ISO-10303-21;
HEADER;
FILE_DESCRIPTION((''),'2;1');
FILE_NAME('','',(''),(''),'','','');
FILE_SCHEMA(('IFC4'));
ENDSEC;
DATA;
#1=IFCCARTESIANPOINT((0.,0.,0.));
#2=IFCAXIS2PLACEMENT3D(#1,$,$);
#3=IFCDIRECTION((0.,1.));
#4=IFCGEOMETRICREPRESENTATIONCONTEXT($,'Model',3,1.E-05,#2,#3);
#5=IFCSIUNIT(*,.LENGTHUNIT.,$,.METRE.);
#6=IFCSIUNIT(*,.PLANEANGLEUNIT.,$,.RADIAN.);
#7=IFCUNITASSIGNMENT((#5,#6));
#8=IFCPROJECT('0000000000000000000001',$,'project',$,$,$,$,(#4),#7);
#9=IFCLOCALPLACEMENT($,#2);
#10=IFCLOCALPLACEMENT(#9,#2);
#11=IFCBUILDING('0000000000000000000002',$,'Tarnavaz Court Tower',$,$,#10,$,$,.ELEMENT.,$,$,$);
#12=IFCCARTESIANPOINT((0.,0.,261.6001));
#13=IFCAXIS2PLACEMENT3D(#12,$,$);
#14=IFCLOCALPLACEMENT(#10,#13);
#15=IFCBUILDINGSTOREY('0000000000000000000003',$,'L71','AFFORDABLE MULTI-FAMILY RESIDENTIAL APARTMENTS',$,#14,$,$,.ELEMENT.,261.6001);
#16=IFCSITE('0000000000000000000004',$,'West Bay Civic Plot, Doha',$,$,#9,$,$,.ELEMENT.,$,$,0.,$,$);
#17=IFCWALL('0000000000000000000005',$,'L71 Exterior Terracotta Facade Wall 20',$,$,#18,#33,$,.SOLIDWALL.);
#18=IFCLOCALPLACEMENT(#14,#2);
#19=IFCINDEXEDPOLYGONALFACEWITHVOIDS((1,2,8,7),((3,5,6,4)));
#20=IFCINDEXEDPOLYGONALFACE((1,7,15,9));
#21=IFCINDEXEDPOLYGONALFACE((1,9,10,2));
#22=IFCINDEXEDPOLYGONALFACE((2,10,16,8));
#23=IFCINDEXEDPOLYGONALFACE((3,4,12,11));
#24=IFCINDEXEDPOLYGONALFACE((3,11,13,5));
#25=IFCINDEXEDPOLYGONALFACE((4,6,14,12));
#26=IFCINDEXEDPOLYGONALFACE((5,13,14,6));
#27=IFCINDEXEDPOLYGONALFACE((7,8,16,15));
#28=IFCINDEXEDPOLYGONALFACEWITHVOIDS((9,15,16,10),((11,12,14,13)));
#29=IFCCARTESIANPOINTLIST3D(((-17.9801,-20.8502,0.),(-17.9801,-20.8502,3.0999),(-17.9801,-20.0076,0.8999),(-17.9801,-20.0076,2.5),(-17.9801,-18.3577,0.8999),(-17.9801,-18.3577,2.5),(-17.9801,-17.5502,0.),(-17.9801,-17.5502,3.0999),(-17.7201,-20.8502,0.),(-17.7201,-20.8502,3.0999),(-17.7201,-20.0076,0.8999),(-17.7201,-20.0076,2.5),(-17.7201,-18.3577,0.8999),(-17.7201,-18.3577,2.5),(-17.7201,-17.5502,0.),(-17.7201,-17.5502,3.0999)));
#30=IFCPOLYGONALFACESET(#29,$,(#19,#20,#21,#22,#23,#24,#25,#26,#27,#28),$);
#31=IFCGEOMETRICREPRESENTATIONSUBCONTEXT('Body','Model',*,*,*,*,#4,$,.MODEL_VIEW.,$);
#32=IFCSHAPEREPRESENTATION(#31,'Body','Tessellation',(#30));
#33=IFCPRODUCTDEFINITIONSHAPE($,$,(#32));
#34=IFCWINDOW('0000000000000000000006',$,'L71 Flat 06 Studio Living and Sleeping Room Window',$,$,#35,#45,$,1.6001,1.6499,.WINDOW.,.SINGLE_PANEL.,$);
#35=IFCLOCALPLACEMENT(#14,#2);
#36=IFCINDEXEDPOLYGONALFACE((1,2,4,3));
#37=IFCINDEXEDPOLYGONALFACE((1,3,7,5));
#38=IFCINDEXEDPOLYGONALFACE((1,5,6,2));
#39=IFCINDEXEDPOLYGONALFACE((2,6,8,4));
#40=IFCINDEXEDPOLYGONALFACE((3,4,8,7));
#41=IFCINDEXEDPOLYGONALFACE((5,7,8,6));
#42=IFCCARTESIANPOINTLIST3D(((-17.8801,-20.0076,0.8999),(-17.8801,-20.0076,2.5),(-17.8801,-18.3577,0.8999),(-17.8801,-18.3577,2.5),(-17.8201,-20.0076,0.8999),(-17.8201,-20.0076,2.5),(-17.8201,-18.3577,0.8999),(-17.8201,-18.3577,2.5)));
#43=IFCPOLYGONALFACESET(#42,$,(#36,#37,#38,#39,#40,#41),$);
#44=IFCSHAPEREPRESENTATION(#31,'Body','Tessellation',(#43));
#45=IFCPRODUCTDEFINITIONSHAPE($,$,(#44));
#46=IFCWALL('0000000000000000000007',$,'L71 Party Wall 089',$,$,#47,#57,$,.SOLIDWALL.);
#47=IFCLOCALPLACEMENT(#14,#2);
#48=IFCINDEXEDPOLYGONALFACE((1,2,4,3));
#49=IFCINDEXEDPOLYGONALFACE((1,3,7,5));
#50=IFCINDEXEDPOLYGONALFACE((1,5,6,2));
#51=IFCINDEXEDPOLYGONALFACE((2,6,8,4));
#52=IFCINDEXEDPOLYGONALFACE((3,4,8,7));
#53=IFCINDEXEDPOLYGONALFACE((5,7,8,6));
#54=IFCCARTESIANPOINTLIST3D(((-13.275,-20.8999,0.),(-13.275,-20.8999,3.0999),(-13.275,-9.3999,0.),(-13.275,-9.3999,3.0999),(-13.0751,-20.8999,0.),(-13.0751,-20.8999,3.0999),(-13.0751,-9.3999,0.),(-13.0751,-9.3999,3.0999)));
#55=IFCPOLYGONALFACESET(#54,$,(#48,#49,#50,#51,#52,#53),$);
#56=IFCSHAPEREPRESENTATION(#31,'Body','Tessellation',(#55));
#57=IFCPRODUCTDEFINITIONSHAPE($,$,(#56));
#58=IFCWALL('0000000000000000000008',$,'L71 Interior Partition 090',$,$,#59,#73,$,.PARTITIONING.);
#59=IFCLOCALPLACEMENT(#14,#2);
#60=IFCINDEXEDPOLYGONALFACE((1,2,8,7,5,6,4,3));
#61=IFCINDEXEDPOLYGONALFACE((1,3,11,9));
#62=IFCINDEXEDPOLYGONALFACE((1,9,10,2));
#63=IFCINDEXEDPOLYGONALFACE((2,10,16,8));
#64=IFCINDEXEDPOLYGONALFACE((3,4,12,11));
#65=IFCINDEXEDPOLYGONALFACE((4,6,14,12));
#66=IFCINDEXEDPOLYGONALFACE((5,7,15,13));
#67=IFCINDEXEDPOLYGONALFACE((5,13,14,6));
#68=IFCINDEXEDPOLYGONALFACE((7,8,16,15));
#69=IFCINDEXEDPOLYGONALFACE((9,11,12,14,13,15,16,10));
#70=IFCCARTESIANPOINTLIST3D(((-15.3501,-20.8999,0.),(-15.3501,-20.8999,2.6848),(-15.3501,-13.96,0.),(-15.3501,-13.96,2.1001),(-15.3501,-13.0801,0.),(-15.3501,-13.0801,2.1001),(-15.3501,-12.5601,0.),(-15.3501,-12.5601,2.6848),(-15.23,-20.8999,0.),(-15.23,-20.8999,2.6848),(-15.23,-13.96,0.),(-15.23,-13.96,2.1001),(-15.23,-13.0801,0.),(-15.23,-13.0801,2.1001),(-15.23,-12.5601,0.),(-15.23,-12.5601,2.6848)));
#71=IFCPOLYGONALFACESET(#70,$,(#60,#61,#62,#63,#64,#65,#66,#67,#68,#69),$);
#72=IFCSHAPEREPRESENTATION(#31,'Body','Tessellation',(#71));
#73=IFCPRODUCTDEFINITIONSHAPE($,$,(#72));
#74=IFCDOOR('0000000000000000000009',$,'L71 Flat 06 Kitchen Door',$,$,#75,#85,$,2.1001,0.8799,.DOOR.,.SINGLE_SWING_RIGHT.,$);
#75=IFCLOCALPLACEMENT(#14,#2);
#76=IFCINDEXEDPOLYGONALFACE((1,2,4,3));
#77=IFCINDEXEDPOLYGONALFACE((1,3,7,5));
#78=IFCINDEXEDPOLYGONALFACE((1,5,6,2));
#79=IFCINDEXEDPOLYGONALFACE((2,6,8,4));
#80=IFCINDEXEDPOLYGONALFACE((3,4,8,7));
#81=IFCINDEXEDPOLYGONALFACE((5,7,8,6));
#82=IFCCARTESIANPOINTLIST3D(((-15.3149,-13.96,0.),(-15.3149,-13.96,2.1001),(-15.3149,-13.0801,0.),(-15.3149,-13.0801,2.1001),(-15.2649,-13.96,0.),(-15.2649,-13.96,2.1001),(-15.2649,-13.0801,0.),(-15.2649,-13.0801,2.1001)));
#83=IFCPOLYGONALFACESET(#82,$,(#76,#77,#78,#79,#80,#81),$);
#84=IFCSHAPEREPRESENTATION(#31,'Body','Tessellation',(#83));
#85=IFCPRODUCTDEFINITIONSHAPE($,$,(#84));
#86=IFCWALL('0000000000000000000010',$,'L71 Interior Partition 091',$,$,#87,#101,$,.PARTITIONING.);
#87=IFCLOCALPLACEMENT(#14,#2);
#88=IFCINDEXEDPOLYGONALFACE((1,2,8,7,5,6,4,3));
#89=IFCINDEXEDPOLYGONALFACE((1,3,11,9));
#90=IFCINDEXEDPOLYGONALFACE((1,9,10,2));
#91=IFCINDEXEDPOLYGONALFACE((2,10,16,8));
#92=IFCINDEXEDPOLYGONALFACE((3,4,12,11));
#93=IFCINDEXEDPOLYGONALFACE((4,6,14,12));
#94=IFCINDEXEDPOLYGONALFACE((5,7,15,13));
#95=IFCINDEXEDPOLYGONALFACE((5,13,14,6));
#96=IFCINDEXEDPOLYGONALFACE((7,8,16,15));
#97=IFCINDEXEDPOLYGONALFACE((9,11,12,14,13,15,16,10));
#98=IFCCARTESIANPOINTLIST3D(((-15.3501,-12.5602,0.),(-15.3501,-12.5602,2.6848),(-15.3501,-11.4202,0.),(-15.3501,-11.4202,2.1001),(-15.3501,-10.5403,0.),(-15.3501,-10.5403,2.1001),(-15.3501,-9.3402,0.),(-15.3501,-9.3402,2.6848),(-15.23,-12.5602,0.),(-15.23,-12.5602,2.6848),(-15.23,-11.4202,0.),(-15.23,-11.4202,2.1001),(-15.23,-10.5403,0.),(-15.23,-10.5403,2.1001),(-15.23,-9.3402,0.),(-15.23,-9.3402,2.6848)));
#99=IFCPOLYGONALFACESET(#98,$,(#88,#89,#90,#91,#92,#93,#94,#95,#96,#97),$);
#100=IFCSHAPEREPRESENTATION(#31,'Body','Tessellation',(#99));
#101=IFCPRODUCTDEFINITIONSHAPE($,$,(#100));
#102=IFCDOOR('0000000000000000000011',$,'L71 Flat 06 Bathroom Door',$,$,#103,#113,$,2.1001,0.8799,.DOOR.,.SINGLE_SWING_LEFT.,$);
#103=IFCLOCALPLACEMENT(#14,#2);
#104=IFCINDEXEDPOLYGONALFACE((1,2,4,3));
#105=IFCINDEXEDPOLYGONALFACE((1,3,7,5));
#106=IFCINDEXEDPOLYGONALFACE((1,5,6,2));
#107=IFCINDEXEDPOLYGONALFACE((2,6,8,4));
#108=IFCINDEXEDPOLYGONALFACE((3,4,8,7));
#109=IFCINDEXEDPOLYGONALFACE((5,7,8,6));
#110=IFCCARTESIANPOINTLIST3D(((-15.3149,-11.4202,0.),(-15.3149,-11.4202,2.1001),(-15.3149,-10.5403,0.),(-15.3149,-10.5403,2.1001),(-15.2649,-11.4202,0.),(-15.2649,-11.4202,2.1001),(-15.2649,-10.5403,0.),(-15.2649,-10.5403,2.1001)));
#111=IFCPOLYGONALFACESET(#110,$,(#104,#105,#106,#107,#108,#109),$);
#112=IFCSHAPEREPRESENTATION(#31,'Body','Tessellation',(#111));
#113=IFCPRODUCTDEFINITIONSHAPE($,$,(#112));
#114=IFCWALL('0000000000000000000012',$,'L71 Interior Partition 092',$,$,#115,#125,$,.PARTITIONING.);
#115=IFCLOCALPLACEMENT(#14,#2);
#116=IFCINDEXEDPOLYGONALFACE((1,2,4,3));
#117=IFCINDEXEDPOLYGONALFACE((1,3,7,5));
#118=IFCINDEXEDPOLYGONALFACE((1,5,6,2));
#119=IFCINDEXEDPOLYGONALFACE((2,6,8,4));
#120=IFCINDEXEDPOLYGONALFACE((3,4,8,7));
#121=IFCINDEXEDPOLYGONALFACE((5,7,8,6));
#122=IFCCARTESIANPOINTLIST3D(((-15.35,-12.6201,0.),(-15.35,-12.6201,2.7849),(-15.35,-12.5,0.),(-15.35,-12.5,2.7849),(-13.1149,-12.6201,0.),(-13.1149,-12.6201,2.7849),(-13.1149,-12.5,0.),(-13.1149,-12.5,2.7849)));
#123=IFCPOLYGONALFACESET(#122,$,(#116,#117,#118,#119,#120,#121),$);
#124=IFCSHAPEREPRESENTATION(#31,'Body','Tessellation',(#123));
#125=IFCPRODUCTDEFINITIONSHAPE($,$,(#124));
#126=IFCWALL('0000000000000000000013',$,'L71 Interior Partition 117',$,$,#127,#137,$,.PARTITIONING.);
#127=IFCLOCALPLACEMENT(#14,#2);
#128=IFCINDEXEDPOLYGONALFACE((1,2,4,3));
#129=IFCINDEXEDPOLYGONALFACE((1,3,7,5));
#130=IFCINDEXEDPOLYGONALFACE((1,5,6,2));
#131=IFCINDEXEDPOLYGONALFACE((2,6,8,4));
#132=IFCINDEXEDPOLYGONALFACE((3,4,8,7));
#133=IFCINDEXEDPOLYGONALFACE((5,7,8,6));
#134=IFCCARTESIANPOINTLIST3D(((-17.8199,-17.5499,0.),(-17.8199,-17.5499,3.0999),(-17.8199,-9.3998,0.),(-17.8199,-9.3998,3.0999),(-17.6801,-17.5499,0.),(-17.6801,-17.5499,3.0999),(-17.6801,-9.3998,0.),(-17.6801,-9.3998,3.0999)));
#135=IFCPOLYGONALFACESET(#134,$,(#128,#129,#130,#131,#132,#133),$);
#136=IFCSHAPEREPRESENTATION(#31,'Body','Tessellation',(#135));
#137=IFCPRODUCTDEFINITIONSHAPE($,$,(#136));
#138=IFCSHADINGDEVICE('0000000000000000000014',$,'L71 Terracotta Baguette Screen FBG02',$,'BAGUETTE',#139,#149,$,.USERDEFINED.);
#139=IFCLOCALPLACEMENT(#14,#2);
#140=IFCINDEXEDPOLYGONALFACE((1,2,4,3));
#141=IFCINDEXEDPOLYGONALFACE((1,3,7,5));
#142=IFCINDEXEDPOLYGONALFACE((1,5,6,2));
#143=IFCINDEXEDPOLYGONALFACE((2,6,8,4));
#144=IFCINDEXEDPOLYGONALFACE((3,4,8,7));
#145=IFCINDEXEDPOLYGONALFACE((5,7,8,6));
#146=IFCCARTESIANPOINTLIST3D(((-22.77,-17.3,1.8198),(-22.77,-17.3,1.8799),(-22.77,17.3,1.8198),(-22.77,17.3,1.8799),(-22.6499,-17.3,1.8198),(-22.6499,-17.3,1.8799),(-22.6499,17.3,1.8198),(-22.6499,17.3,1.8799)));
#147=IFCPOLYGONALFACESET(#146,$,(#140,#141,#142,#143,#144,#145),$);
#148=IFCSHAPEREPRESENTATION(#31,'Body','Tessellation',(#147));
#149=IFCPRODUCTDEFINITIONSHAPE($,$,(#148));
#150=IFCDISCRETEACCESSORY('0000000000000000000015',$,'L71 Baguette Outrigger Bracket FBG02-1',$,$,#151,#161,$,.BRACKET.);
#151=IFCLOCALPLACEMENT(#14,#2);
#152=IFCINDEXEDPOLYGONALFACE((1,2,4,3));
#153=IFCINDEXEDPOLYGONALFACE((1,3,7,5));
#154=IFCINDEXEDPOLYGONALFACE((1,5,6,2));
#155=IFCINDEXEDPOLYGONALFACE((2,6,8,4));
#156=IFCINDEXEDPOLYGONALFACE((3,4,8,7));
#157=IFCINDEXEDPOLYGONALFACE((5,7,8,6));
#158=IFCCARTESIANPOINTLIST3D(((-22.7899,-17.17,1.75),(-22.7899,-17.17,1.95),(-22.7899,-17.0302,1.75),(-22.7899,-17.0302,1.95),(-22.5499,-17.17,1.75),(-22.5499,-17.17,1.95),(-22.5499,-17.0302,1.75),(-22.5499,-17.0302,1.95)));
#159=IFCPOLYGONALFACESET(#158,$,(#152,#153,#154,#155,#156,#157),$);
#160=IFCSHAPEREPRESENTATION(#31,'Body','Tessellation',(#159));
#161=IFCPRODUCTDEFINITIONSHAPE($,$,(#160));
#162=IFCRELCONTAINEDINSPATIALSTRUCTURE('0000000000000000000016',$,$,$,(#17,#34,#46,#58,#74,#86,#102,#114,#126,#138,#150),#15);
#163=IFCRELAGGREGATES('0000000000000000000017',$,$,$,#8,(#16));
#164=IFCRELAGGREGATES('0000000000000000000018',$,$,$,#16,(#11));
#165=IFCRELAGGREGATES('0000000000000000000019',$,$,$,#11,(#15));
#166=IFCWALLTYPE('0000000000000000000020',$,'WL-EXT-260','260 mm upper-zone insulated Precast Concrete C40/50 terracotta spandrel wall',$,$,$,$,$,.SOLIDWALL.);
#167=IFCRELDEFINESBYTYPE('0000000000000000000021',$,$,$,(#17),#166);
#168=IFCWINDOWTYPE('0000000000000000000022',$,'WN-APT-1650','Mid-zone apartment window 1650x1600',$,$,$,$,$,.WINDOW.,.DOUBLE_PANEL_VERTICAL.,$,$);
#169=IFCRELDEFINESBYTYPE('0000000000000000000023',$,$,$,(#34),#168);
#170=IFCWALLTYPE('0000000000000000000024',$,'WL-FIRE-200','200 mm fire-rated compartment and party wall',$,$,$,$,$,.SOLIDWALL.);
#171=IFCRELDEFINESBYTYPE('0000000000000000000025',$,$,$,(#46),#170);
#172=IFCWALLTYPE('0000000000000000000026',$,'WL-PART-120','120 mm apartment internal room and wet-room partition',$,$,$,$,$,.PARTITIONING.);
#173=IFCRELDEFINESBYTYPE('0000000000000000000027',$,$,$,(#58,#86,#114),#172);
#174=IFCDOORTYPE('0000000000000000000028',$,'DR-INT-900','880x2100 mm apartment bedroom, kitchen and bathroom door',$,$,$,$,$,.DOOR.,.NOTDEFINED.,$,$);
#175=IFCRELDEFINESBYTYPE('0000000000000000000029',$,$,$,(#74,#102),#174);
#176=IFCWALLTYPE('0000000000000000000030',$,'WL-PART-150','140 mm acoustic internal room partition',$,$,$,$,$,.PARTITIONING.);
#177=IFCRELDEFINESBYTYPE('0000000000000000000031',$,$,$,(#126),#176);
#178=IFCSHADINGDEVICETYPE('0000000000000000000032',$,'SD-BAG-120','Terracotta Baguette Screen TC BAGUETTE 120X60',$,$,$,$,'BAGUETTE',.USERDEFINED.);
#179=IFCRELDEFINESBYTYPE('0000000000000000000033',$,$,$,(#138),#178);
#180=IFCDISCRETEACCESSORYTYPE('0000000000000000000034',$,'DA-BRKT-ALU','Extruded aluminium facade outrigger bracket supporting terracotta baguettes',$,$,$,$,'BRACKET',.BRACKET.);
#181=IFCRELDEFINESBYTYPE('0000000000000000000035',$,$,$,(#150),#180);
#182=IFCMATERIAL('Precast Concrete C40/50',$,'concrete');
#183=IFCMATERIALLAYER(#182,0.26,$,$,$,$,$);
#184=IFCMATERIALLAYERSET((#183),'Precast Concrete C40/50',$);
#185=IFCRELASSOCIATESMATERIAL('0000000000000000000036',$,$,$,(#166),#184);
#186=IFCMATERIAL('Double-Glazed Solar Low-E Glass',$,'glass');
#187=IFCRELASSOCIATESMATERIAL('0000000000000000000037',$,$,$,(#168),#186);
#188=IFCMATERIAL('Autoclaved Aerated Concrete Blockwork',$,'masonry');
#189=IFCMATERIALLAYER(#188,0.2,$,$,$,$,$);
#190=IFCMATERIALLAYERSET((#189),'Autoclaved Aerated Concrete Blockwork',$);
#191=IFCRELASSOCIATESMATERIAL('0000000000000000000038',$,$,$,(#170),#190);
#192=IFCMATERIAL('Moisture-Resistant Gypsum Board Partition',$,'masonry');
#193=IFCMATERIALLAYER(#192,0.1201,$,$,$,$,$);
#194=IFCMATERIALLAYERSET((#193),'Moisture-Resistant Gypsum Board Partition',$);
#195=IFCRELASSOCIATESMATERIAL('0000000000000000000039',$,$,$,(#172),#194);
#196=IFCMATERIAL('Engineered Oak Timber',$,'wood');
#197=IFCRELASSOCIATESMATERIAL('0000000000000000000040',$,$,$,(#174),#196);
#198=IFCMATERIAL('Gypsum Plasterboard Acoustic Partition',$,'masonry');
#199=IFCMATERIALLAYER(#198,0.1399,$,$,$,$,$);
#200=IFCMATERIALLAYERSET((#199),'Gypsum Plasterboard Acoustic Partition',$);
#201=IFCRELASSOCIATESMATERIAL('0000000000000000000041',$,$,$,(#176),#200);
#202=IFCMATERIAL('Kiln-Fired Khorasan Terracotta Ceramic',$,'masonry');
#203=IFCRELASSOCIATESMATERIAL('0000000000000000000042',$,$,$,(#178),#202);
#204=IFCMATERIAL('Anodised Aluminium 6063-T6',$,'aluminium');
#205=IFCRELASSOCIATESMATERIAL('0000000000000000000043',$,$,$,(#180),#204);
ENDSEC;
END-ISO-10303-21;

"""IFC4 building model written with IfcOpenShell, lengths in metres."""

from ifc_helpers import new_model, si_unit, direction, frame, frame_2d, origin, origin_2d, place, context, subcontext, project, spatial, rectangle, extrude, material, layer, layer_set, material_profile, profile_set, type_object, element, fill, save


model = new_model("IFC4")

# Units and contexts
model_context = context("Model", 3, precision=1e-05, world=origin(), true_north=direction((0.0, 1.0)))
body_context = subcontext(model_context, "Body", "Model", "MODEL_VIEW")
ifc_project = project(units=[si_unit("LENGTHUNIT", "METRE"), si_unit("PLANEANGLEUNIT", "RADIAN")], contexts=[model_context])

# Site, building, storey
site_placement = place(None, origin())
site = spatial("IfcSite", under=ifc_project, at=site_placement, Name="West Bay Civic Plot, Doha", CompositionType="ELEMENT", RefElevation=0.0)
building_placement = place(site_placement, origin())
building = spatial("IfcBuilding", under=site, at=building_placement, Name="Tarnavaz Court Tower", CompositionType="ELEMENT")
storey_placement = place(building_placement, frame((0.0, 0.0, 261.6001)))
storey = spatial("IfcBuildingStorey", under=building, at=storey_placement, Name="L71", Description="AFFORDABLE MULTI-FAMILY RESIDENTIAL APARTMENTS", CompositionType="ELEMENT", Elevation=261.6001)

# Shared definitions
ifc_material_1 = material(Name="Precast Concrete C40/50", Category="concrete")
ifc_layer_1 = layer(ifc_material_1, 0.26)
ifc_layer_set_1 = layer_set([ifc_layer_1], Name="Precast Concrete C40/50")
wall_type_1 = type_object("IfcWallType", Name="WL-EXT-260", Description="260 mm upper-zone insulated Precast Concrete C40/50 terracotta spandrel wall", PredefinedType="SOLIDWALL", material=ifc_layer_set_1)
ifc_material_2 = material(Name="Double-Glazed Solar Low-E Glass", Category="glass")

# Wall, opening, window
wall_1_placement = place(storey_placement, frame((-17.8501, -20.8501, 0.0), z_axis=(0.0, 0.0, 1.0), x_axis=(0.0, 1.0, 0.0)))
wall_1 = element("IfcWall", 1, at=wall_1_placement, inside=storey, type_object=wall_type_1, Name="L71 Exterior Terracotta Facade Wall 20", PredefinedType="SOLIDWALL", context=body_context, shape_type="SweptSolid", body=[
    extrude(rectangle(XDim=3.3, YDim=0.26, at=frame_2d((1.6499, 0.0))), origin(), (0.0, 0.0, 1.0), 3.0999),
])
opening_1_placement = place(wall_1_placement, frame((0.8425, 0.0, 0.8999)))
opening_1 = element("IfcOpeningElement", 2, at=opening_1_placement, cuts=wall_1, PredefinedType="OPENING", context=body_context, shape_type="SweptSolid", body=[
    extrude(rectangle(XDim=1.6499, YDim=1.6001, at=frame_2d((0.825, 0.8))), frame((0.0, 0.1399, 0.0), z_axis=(0.0, -1.0, 0.0), x_axis=(1.0, 0.0, 0.0)), (0.0, 0.0, 1.0), 0.28),
])
window_type_1 = type_object("IfcWindowType", Name="WN-APT-1650", Description="Mid-zone apartment window 1650x1600", PartitioningType="DOUBLE_PANEL_VERTICAL", PredefinedType="WINDOW", material=ifc_material_2)
window_1_placement = place(opening_1_placement, origin())
window_1 = element("IfcWindow", 3, at=window_1_placement, inside=storey, type_object=window_type_1, Name="L71 Flat 06 Studio Living and Sleeping Room Window", OverallHeight=1.6001, OverallWidth=1.6499, PartitioningType="SINGLE_PANEL", PredefinedType="WINDOW", context=body_context, shape_type="SweptSolid", body=[
    extrude(rectangle(XDim=1.6499, YDim=1.6001, at=frame_2d((0.825, 0.8))), frame((0.0, 0.03, 0.0), z_axis=(0.0, -1.0, 0.0), x_axis=(1.0, 0.0, 0.0)), (0.0, 0.0, 1.0), 0.0601),
])
fill(opening_1, window_1)

# Wall
ifc_material_3 = material(Name="Autoclaved Aerated Concrete Blockwork", Category="masonry")
ifc_layer_2 = layer(ifc_material_3, 0.2)
ifc_layer_set_2 = layer_set([ifc_layer_2], Name="Autoclaved Aerated Concrete Blockwork")
wall_type_2 = type_object("IfcWallType", Name="WL-FIRE-200", Description="200 mm fire-rated compartment and party wall", PredefinedType="SOLIDWALL", material=ifc_layer_set_2)
wall_2_placement = place(storey_placement, frame((-13.175, -20.8999, 0.0), z_axis=(0.0, 0.0, 1.0), x_axis=(0.0, 1.0, 0.0)))
element("IfcWall", 4, at=wall_2_placement, inside=storey, type_object=wall_type_2, Name="L71 Party Wall 089", PredefinedType="SOLIDWALL", context=body_context, shape_type="SweptSolid", body=[
    extrude(rectangle(XDim=11.5, YDim=0.2, at=frame_2d((5.75, 0.0))), origin(), (0.0, 0.0, 1.0), 3.0999),
])

# Walls, openings, doors
ifc_material_4 = material(Name="Moisture-Resistant Gypsum Board Partition", Category="masonry")
ifc_layer_3 = layer(ifc_material_4, 0.1201)
ifc_layer_set_3 = layer_set([ifc_layer_3], Name="Moisture-Resistant Gypsum Board Partition")
wall_type_3 = type_object("IfcWallType", Name="WL-PART-120", Description="120 mm apartment internal room and wet-room partition", PredefinedType="PARTITIONING", material=ifc_layer_set_3)
wall_3_placement = place(storey_placement, frame((-15.29, -20.8999, 0.0), z_axis=(0.0, 0.0, 1.0), x_axis=(0.0, 1.0, 0.0)))
wall_3 = element("IfcWall", 5, at=wall_3_placement, inside=storey, type_object=wall_type_3, Name="L71 Interior Partition 090", PredefinedType="PARTITIONING", context=body_context, shape_type="SweptSolid", body=[
    extrude(rectangle(XDim=8.3398, YDim=0.1201, at=frame_2d((4.1699, 0.0))), origin(), (0.0, 0.0, 1.0), 2.6848),
])
opening_2_placement = place(wall_3_placement, frame((6.9399, 0.0, 0.0)))
opening_2 = element("IfcOpeningElement", 6, at=opening_2_placement, cuts=wall_3, PredefinedType="OPENING", context=body_context, shape_type="SweptSolid", body=[
    extrude(rectangle(XDim=0.8799, YDim=2.1001, at=frame_2d((0.4399, 1.05))), frame((0.0, 0.0701, 0.0), z_axis=(0.0, -1.0, 0.0), x_axis=(1.0, 0.0, 0.0)), (0.0, 0.0, 1.0), 0.1401),
])
ifc_material_5 = material(Name="Engineered Oak Timber", Category="wood")
door_type = type_object("IfcDoorType", Name="DR-INT-900", Description="880x2100 mm apartment bedroom, kitchen and bathroom door", OperationType="NOTDEFINED", PredefinedType="DOOR", material=ifc_material_5)
door_1_placement = place(opening_2_placement, origin())
door_1 = element("IfcDoor", 7, at=door_1_placement, inside=storey, type_object=door_type, Name="L71 Flat 06 Kitchen Door", OperationType="SINGLE_SWING_RIGHT", OverallHeight=2.1001, OverallWidth=0.8799, PredefinedType="DOOR", context=body_context, shape_type="SweptSolid", body=[
    extrude(rectangle(XDim=0.8799, YDim=2.1001, at=frame_2d((0.4399, 1.05))), frame((0.0, 0.0249, 0.0), z_axis=(0.0, -1.0, 0.0), x_axis=(1.0, 0.0, 0.0)), (0.0, 0.0, 1.0), 0.05),
])
fill(opening_2, door_1)
wall_4_placement = place(storey_placement, frame((-15.29, -12.5601, 0.0), z_axis=(0.0, 0.0, 1.0), x_axis=(0.0, 1.0, 0.0)))
wall_4 = element("IfcWall", 8, at=wall_4_placement, inside=storey, type_object=wall_type_3, Name="L71 Interior Partition 091", PredefinedType="PARTITIONING", context=body_context, shape_type="SweptSolid", body=[
    extrude(rectangle(XDim=3.22, YDim=0.1201, at=frame_2d((1.6099, 0.0))), origin(), (0.0, 0.0, 1.0), 2.6848),
])
opening_3_placement = place(wall_4_placement, frame((1.1399, 0.0, 0.0)))
opening_3 = element("IfcOpeningElement", 9, at=opening_3_placement, cuts=wall_4, PredefinedType="OPENING", context=body_context, shape_type="SweptSolid", body=[
    extrude(rectangle(XDim=0.8799, YDim=2.1001, at=frame_2d((0.4399, 1.05))), frame((0.0, 0.0701, 0.0), z_axis=(0.0, -1.0, 0.0), x_axis=(1.0, 0.0, 0.0)), (0.0, 0.0, 1.0), 0.1401),
])
door_2_placement = place(opening_3_placement, origin())
door_2 = element("IfcDoor", 10, at=door_2_placement, inside=storey, type_object=door_type, Name="L71 Flat 06 Bathroom Door", OperationType="SINGLE_SWING_LEFT", OverallHeight=2.1001, OverallWidth=0.8799, PredefinedType="DOOR", context=body_context, shape_type="SweptSolid", body=[
    extrude(rectangle(XDim=0.8799, YDim=2.1001, at=frame_2d((0.4399, 1.05))), frame((0.0, 0.0249, 0.0), z_axis=(0.0, -1.0, 0.0), x_axis=(1.0, 0.0, 0.0)), (0.0, 0.0, 1.0), 0.05),
])
fill(opening_3, door_2)

# Walls
wall_5_placement = place(storey_placement, frame((-15.3501, -12.5601, 0.0), z_axis=(0.0, 0.0, 1.0), x_axis=(1.0, 0.0, 0.0)))
element("IfcWall", 11, at=wall_5_placement, inside=storey, type_object=wall_type_3, Name="L71 Interior Partition 092", PredefinedType="PARTITIONING", context=body_context, shape_type="SweptSolid", body=[
    extrude(rectangle(XDim=2.2351, YDim=0.1201, at=frame_2d((1.1177, 0.0))), origin(), (0.0, 0.0, 1.0), 2.7849),
])
ifc_material_6 = material(Name="Gypsum Plasterboard Acoustic Partition", Category="masonry")
ifc_layer_4 = layer(ifc_material_6, 0.1399)
ifc_layer_set_4 = layer_set([ifc_layer_4], Name="Gypsum Plasterboard Acoustic Partition")
wall_type_4 = type_object("IfcWallType", Name="WL-PART-150", Description="140 mm acoustic internal room partition", PredefinedType="PARTITIONING", material=ifc_layer_set_4)
wall_6_placement = place(storey_placement, frame((-17.75, -17.55, 0.0), z_axis=(0.0, 0.0, 1.0), x_axis=(0.0, 1.0, 0.0)))
element("IfcWall", 12, at=wall_6_placement, inside=storey, type_object=wall_type_4, Name="L71 Interior Partition 117", PredefinedType="PARTITIONING", context=body_context, shape_type="SweptSolid", body=[
    extrude(rectangle(XDim=8.1501, YDim=0.1399, at=frame_2d((4.0752, 0.0))), origin(), (0.0, 0.0, 1.0), 3.0999),
])

# Shading device
ifc_material_7 = material(Name="Kiln-Fired Khorasan Terracotta Ceramic", Category="masonry")
ifc_material_profile_1 = material_profile(ifc_material_7, rectangle(XDim=0.1201, YDim=0.0601, at=origin_2d()), Name="TC BAGUETTE 120X60")
ifc_profile_set_1 = profile_set([ifc_material_profile_1], Name="Kiln-Fired Khorasan Terracotta Ceramic")
shading_device_type = type_object("IfcShadingDeviceType", Name="SD-BAG-120", Description="Terracotta Baguette Screen TC BAGUETTE 120X60", ElementType="BAGUETTE", PredefinedType="USERDEFINED", material=ifc_profile_set_1)
shading_device_placement = place(storey_placement, frame((-22.71, -17.3, 1.8499), z_axis=(0.0, 1.0, 0.0), x_axis=(-1.0, 0.0, 0.0)))
element("IfcShadingDevice", 13, at=shading_device_placement, inside=storey, type_object=shading_device_type, Name="L71 Terracotta Baguette Screen FBG02", ObjectType="BAGUETTE", PredefinedType="USERDEFINED", context=body_context, shape_type="SweptSolid", body=[
    extrude(rectangle(XDim=0.1201, YDim=0.0601, at=origin_2d()), origin(), (0.0, 0.0, 1.0), 34.6001),
])

# Discrete accessory
ifc_material_8 = material(Name="Anodised Aluminium 6063-T6", Category="aluminium")
discrete_accessory_type = type_object("IfcDiscreteAccessoryType", Name="DA-BRKT-ALU", Description="Extruded aluminium facade outrigger bracket supporting terracotta baguettes", ElementType="BRACKET", PredefinedType="BRACKET", material=ifc_material_8)
for number, where, z_axis, x_axis, name in (
    (14, (-22.6699, -17.1001, 1.75), (0.0, 0.0, 1.0), (0.0, 1.0, 0.0), "L71 Baguette Outrigger Bracket FBG02-1"),
):
    element("IfcDiscreteAccessory", number, at=place(storey_placement, frame(where, z_axis=z_axis, x_axis=x_axis)), inside=storey, type_object=discrete_accessory_type, Name=name, PredefinedType="BRACKET", context=body_context, shape_type="SweptSolid", body=[
        extrude(rectangle(XDim=0.1399, YDim=0.24, at=origin_2d()), origin(), (0.0, 0.0, 1.0), 0.2),
    ])

save(model, "model.ifc")
